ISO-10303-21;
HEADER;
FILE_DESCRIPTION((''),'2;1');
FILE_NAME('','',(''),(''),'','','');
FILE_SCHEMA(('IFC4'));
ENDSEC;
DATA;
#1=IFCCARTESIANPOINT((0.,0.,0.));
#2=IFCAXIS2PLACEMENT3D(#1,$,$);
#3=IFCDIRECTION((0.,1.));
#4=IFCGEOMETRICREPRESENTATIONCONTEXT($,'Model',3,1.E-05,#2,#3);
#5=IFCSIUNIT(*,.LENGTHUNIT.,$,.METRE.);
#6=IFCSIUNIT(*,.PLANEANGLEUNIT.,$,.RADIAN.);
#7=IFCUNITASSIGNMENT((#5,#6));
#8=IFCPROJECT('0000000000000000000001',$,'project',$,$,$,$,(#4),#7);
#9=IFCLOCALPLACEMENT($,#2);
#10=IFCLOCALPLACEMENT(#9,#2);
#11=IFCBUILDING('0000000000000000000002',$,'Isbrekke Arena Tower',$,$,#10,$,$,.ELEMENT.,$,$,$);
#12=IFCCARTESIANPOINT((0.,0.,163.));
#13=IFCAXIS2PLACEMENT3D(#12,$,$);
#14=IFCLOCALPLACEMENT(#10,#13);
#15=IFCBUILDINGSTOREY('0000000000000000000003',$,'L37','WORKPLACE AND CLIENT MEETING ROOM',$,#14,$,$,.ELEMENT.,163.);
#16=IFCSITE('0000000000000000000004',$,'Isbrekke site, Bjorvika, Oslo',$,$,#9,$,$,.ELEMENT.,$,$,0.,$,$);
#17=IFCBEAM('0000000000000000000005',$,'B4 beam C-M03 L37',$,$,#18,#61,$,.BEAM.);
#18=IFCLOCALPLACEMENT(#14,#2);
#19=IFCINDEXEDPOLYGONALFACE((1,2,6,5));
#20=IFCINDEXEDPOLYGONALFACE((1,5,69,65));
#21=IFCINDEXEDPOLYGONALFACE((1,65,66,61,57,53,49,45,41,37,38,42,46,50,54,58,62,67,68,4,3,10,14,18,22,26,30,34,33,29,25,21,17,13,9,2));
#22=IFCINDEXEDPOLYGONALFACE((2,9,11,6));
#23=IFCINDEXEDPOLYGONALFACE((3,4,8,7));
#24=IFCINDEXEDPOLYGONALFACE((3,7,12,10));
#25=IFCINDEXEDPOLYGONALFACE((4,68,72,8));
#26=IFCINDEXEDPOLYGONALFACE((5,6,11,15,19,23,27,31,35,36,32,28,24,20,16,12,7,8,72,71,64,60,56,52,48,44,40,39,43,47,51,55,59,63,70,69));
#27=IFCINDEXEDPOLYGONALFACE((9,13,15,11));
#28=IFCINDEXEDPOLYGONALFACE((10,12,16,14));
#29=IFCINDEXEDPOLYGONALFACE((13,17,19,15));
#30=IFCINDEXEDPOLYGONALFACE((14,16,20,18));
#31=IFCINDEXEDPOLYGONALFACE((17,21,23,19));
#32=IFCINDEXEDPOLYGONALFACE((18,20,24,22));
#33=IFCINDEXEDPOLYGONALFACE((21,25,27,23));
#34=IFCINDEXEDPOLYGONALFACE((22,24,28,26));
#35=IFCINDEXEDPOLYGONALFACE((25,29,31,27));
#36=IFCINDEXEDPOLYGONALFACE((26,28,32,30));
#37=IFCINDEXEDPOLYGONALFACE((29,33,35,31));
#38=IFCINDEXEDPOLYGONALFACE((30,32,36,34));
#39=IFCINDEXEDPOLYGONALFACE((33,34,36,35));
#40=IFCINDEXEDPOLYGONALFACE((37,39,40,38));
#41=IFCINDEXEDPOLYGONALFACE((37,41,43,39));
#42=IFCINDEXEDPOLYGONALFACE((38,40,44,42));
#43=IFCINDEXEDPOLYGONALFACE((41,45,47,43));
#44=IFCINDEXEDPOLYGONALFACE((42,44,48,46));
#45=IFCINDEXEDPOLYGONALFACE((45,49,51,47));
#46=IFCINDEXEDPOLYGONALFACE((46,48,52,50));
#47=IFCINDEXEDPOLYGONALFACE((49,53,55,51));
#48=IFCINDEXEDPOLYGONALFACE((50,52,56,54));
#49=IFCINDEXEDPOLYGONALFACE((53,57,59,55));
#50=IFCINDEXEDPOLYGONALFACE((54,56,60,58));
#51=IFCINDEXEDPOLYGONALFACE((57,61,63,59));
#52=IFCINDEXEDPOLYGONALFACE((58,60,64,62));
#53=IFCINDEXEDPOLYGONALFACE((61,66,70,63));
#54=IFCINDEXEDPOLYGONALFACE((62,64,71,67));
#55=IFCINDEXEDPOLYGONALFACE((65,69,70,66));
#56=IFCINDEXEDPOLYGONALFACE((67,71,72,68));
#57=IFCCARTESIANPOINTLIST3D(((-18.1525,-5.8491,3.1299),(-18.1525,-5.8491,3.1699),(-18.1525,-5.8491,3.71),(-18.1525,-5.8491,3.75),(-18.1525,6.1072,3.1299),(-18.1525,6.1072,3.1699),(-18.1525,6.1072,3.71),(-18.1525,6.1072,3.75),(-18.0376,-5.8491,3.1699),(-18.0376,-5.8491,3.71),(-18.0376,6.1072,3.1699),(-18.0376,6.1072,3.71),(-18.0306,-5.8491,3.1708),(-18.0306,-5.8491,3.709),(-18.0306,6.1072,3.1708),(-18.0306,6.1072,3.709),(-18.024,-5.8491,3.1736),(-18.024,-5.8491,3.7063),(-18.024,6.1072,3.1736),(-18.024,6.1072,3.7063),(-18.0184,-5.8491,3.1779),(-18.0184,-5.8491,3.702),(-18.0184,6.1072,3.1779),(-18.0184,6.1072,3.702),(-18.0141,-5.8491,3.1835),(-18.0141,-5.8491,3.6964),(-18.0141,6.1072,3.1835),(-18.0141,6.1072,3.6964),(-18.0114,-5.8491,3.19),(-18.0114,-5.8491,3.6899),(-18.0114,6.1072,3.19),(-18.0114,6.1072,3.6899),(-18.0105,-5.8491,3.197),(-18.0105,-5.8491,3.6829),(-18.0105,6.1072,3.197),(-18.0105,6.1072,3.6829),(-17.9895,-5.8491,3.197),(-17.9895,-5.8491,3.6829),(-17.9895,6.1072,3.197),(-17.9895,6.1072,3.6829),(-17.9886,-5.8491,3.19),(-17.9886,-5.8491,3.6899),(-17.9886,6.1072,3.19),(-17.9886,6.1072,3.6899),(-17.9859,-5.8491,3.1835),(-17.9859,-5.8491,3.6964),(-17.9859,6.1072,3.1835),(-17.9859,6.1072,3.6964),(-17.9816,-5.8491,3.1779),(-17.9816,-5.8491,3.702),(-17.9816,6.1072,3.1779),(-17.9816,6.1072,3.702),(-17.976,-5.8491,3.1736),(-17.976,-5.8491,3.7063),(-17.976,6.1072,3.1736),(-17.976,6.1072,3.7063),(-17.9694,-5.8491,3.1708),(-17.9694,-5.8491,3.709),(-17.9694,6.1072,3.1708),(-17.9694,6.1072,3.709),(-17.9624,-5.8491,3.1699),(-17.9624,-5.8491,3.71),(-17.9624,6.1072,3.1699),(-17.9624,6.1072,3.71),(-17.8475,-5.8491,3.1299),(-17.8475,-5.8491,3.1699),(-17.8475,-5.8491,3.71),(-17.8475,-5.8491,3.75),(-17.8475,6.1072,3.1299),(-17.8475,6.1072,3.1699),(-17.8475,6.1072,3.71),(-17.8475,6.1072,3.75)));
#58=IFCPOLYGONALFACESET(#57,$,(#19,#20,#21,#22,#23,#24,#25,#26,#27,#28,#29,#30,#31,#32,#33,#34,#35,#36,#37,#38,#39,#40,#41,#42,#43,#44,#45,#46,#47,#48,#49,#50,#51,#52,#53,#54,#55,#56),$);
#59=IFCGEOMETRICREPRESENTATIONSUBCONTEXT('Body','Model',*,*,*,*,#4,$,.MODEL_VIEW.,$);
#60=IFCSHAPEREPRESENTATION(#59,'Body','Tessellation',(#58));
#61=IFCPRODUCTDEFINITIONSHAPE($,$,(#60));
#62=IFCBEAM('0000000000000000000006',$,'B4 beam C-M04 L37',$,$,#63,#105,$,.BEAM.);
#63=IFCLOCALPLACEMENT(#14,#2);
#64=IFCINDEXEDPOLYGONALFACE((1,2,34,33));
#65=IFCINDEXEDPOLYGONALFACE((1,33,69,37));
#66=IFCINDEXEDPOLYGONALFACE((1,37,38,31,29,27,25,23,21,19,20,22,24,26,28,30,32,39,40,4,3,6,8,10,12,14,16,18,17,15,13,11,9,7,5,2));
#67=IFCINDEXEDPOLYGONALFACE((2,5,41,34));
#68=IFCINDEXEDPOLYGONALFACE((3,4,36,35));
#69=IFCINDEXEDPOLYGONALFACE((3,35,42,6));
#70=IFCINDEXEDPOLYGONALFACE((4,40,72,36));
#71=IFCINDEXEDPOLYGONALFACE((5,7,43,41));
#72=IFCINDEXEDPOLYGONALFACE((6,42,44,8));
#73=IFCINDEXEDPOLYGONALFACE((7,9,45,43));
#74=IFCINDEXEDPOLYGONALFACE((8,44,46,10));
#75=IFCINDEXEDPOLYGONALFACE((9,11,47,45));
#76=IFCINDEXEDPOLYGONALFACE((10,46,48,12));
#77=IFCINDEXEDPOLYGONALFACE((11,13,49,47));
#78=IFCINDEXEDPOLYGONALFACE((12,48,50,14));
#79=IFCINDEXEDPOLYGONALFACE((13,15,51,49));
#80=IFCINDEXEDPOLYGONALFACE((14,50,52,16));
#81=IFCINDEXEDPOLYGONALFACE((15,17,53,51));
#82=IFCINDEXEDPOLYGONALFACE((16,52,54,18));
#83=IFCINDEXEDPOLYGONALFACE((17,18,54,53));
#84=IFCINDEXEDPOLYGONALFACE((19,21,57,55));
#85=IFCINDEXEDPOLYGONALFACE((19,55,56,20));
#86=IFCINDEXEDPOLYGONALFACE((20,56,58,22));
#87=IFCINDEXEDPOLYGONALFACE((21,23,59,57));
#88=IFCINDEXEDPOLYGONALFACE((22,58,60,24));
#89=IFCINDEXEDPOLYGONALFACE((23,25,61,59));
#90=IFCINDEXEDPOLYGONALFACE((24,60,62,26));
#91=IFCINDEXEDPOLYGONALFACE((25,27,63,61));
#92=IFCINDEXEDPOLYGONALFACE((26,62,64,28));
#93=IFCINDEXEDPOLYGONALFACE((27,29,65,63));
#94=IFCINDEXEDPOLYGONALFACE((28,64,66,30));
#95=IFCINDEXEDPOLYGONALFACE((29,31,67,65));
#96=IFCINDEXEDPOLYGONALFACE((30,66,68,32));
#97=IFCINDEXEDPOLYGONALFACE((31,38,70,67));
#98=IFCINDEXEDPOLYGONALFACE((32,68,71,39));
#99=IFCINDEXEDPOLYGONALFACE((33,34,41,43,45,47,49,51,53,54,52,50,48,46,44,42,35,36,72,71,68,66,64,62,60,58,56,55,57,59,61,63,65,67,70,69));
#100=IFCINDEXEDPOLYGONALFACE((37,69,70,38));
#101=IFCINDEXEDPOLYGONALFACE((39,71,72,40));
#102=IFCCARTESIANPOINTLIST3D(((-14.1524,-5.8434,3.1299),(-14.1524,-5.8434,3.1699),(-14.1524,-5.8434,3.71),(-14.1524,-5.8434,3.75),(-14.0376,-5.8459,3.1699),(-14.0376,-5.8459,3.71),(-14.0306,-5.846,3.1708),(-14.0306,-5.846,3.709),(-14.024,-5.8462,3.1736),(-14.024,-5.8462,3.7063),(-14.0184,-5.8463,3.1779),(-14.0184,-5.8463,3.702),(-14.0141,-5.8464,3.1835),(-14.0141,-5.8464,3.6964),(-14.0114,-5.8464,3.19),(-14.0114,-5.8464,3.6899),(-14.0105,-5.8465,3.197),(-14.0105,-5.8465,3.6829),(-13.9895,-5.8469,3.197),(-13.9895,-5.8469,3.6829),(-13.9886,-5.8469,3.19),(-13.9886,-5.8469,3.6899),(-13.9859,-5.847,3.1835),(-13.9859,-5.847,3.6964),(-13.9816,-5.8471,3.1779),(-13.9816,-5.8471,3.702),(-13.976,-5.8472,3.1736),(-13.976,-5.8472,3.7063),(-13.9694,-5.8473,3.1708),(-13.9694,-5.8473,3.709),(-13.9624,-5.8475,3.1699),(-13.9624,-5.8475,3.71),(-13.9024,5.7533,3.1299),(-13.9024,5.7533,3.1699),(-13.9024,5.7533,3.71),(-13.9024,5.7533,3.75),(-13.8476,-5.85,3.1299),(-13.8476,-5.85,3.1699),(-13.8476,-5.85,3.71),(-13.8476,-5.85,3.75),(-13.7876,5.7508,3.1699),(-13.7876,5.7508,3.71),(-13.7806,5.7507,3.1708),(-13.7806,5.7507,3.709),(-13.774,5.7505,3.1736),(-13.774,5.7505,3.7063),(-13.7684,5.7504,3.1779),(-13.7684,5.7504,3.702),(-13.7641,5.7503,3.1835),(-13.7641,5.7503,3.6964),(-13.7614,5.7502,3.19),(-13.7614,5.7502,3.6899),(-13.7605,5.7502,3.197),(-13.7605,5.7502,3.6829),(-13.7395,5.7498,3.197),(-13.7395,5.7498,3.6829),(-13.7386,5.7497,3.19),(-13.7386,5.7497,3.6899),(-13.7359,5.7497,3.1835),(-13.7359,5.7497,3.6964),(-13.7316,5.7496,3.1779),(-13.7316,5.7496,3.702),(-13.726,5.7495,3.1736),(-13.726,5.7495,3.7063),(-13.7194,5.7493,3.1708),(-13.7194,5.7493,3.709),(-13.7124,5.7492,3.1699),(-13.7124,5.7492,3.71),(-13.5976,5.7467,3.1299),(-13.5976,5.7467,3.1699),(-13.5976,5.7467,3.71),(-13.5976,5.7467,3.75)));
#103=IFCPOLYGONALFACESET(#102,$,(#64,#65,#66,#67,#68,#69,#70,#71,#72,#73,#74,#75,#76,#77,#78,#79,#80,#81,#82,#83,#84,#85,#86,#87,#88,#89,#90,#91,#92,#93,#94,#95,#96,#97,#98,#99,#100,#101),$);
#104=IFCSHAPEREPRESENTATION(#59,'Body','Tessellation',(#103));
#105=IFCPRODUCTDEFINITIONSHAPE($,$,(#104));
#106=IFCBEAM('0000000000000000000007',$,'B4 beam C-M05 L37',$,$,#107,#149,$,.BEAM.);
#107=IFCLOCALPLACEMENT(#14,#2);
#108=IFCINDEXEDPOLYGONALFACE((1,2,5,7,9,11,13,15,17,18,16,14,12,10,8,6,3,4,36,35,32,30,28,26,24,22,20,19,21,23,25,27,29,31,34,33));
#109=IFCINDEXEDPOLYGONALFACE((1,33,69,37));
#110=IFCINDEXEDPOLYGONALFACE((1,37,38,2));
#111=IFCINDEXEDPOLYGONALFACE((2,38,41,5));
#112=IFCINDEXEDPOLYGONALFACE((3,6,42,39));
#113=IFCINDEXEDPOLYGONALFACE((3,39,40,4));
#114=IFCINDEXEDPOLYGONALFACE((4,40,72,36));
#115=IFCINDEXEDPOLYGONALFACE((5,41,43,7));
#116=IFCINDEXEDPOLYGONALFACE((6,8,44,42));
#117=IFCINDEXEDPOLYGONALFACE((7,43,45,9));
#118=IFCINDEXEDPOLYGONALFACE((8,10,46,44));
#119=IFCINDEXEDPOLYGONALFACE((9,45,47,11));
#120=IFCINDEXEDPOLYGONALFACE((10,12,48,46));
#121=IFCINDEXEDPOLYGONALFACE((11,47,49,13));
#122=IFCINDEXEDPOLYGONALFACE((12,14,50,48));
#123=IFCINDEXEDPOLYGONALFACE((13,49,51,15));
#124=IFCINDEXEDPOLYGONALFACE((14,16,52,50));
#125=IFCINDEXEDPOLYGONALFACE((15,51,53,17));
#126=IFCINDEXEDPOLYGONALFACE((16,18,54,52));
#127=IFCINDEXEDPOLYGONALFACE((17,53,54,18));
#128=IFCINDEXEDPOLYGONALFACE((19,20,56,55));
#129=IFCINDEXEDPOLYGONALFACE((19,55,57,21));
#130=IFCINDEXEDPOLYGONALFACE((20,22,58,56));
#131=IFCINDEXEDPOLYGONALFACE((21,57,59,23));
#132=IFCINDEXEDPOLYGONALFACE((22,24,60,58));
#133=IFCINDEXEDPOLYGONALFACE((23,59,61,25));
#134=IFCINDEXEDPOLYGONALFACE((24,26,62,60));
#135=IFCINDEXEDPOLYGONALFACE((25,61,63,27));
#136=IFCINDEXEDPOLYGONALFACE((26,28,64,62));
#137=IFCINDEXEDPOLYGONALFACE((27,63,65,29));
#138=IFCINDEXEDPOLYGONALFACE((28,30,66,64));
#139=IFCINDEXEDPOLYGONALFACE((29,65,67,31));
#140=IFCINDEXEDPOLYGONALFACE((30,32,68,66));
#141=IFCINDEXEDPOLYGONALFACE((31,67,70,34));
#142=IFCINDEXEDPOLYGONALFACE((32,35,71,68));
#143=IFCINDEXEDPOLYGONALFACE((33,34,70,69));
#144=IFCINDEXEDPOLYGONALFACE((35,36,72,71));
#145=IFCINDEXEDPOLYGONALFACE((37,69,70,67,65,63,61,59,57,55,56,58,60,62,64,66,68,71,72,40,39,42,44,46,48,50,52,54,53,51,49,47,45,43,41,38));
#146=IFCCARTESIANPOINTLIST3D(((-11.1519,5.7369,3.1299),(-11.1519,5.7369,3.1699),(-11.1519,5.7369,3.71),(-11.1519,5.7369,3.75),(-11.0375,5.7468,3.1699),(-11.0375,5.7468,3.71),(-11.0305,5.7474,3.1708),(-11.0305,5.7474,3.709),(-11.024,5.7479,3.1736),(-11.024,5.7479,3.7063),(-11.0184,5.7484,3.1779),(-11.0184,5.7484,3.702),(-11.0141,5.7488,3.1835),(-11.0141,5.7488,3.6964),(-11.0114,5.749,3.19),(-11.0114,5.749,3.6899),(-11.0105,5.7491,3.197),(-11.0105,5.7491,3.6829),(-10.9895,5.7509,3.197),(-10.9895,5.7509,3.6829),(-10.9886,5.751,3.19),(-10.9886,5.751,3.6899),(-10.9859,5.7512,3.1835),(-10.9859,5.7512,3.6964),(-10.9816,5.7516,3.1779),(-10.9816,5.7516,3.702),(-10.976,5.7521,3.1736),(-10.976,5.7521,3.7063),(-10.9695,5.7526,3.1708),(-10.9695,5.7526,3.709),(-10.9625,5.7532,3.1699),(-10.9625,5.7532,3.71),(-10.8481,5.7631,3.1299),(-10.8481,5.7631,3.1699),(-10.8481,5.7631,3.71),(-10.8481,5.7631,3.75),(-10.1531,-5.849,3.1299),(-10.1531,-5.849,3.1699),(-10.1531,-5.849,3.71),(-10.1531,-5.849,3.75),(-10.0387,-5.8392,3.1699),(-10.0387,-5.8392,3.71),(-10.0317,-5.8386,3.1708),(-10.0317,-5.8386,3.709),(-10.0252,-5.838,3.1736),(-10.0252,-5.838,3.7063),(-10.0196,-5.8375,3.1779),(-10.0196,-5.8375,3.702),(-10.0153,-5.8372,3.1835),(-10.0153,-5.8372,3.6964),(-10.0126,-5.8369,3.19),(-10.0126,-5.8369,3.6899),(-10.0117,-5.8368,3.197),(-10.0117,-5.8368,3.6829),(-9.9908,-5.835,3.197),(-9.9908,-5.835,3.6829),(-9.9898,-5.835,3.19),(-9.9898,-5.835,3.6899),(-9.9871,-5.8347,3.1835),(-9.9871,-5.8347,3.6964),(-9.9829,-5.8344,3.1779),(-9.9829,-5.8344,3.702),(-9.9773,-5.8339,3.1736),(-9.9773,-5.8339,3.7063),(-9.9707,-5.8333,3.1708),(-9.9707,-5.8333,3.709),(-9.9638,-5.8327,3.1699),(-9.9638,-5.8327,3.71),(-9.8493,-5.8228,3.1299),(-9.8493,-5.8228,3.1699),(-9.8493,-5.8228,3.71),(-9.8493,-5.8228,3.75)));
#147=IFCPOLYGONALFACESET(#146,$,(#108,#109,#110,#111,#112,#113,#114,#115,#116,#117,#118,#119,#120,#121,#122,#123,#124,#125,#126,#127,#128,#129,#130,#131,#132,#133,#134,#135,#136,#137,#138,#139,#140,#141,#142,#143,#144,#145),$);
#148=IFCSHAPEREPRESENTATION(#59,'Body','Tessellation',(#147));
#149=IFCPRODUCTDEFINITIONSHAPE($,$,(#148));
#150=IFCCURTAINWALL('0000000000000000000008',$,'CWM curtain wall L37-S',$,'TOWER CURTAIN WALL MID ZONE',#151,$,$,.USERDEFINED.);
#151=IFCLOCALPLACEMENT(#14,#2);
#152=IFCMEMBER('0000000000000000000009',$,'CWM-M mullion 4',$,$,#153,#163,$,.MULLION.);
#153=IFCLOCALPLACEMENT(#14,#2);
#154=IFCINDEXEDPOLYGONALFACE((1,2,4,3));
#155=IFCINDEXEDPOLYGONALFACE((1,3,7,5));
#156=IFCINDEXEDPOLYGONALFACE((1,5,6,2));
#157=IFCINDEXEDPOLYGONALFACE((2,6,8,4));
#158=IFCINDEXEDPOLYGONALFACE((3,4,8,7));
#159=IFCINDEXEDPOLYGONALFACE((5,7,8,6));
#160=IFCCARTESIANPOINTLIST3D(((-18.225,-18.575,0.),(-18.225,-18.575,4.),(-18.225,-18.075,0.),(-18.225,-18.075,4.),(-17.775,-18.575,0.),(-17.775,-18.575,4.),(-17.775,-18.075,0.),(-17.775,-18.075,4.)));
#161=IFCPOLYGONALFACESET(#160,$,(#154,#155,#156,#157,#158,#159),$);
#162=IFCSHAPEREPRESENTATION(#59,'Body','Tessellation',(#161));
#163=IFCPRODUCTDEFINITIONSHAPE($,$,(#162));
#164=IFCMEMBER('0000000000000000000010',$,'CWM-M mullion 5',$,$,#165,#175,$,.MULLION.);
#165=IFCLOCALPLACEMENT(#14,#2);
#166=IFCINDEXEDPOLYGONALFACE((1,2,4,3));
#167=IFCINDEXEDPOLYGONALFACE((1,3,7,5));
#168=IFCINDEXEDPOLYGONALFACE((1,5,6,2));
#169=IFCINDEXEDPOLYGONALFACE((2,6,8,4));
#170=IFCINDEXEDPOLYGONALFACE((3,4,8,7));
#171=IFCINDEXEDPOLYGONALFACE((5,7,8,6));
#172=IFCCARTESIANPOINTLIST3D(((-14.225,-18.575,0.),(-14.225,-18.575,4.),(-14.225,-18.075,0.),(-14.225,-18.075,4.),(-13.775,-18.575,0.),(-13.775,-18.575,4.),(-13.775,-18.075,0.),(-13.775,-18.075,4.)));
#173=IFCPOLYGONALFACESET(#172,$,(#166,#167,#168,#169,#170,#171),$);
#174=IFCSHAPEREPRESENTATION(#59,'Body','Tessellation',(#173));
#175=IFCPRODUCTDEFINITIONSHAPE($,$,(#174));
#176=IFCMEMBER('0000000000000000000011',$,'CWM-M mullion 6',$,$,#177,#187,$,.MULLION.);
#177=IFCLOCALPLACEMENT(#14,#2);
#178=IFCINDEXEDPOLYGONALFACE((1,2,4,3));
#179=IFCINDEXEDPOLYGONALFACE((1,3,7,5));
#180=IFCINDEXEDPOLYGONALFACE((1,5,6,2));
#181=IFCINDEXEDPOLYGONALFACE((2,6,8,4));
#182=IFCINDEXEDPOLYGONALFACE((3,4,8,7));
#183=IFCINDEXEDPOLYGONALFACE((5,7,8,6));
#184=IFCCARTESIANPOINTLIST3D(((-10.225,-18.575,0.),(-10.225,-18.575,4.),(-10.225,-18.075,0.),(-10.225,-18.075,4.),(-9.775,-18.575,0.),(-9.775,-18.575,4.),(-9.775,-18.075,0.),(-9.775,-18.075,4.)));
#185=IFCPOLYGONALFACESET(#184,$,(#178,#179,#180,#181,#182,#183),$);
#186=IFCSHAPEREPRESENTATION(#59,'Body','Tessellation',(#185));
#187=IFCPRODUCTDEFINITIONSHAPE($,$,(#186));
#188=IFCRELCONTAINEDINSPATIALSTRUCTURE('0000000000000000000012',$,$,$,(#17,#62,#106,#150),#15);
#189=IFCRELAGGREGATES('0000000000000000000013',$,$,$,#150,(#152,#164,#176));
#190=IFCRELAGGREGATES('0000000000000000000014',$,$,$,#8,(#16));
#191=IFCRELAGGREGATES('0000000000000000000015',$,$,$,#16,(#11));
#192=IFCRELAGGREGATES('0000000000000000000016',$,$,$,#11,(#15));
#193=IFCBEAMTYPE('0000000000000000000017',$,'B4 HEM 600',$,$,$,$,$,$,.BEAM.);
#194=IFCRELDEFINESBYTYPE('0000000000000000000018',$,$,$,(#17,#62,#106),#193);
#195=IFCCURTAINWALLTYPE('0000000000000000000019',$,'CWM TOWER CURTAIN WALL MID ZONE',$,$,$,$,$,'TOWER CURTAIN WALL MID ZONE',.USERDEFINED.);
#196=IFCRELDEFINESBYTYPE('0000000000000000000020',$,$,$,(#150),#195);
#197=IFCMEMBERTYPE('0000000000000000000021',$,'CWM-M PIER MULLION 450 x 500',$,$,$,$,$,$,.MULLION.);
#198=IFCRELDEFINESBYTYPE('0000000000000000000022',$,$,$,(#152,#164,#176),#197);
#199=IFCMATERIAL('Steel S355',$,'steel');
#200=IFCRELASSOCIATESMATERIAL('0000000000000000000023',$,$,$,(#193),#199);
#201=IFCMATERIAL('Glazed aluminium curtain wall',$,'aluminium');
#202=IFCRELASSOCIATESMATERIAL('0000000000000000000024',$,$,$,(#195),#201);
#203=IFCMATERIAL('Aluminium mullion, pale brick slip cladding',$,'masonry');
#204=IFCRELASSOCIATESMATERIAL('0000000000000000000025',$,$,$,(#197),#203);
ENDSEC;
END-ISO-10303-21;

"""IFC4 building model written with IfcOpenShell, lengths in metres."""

from ifc_helpers import new_model, si_unit, direction, frame, origin, origin_2d, place, context, subcontext, project, spatial, rectangle, i_section, extrude, material, material_profile, profile_set, type_object, element, aggregate, save


model = new_model("IFC4")

# Units and contexts
model_context = context("Model", 3, precision=1e-05, world=origin(), true_north=direction((0.0, 1.0)))
body_context = subcontext(model_context, "Body", "Model", "MODEL_VIEW")
ifc_project = project(units=[si_unit("LENGTHUNIT", "METRE"), si_unit("PLANEANGLEUNIT", "RADIAN")], contexts=[model_context])

# Site, building, storey
site_placement = place(None, origin())
site = spatial("IfcSite", under=ifc_project, at=site_placement, Name="Isbrekke site, Bjorvika, Oslo", CompositionType="ELEMENT", RefElevation=0.0)
building_placement = place(site_placement, origin())
building = spatial("IfcBuilding", under=site, at=building_placement, Name="Isbrekke Arena Tower", CompositionType="ELEMENT")
storey_placement = place(building_placement, frame((0.0, 0.0, 163.0)))
storey = spatial("IfcBuildingStorey", under=building, at=storey_placement, Name="L37", Description="WORKPLACE AND CLIENT MEETING ROOM", CompositionType="ELEMENT", Elevation=163.0)

# Beams
ifc_material_1 = material(Name="Steel S355", Category="steel")
ifc_material_profile_1 = material_profile(ifc_material_1, i_section(OverallWidth=0.3049, OverallDepth=0.6201, WebThickness=0.021, FlangeThickness=0.04, FilletRadius=0.0271, at=origin_2d()), Name="HEM 600")
ifc_profile_set_1 = profile_set([ifc_material_profile_1], Name="Steel S355")
beam_type_1 = type_object("IfcBeamType", Name="B4 HEM 600", PredefinedType="BEAM", material=ifc_profile_set_1)
beam_1_placement = place(storey_placement, frame((-18.0, -5.8491, 3.4399), z_axis=(0.0, 1.0, 0.0), x_axis=(-1.0, 0.0, 0.0)))
element("IfcBeam", 1, at=beam_1_placement, inside=storey, type_object=beam_type_1, Name="B4 beam C-M03 L37", PredefinedType="BEAM", context=body_context, shape_type="SweptSolid", body=[
    extrude(i_section(OverallWidth=0.3049, OverallDepth=0.6201, WebThickness=0.021, FlangeThickness=0.04, FilletRadius=0.0271, at=origin_2d()), origin(), (0.0, 0.0, 1.0), 11.9563),
])
beam_2_placement = place(storey_placement, frame((-14.0, -5.8467, 3.4399), z_axis=(0.021553, 0.999768, 0.0), x_axis=(-0.999768, 0.021553, 0.0)))
element("IfcBeam", 2, at=beam_2_placement, inside=storey, type_object=beam_type_1, Name="B4 beam C-M04 L37", PredefinedType="BEAM", context=body_context, shape_type="SweptSolid", body=[
    extrude(i_section(OverallWidth=0.3049, OverallDepth=0.6201, WebThickness=0.021, FlangeThickness=0.04, FilletRadius=0.0271, at=origin_2d()), origin(), (0.0, 0.0, 1.0), 11.5994),
])
beam_3_placement = place(storey_placement, frame((-10.0012, -5.8359, 3.4399), z_axis=(-0.085888, 0.996305, 0.0), x_axis=(-0.996305, -0.085888, 0.0)))
element("IfcBeam", 3, at=beam_3_placement, inside=storey, type_object=beam_type_1, Name="B4 beam C-M05 L37", PredefinedType="BEAM", context=body_context, shape_type="SweptSolid", body=[
    extrude(i_section(OverallWidth=0.3049, OverallDepth=0.6201, WebThickness=0.021, FlangeThickness=0.04, FilletRadius=0.0271, at=origin_2d()), origin(), (0.0, 0.0, 1.0), 11.6289),
])

# Curtain wall, members
ifc_material_2 = material(Name="Glazed aluminium curtain wall", Category="aluminium")
curtain_wall_type = type_object("IfcCurtainWallType", Name="CWM TOWER CURTAIN WALL MID ZONE", ElementType="TOWER CURTAIN WALL MID ZONE", PredefinedType="USERDEFINED", material=ifc_material_2)
curtain_wall_placement = place(storey_placement, origin())
curtain_wall = element("IfcCurtainWall", 4, at=curtain_wall_placement, inside=storey, type_object=curtain_wall_type, Name="CWM curtain wall L37-S", ObjectType="TOWER CURTAIN WALL MID ZONE", PredefinedType="USERDEFINED")
ifc_material_3 = material(Name="Aluminium mullion, pale brick slip cladding", Category="masonry")
ifc_material_profile_2 = material_profile(ifc_material_3, rectangle(XDim=0.45, YDim=0.5, at=origin_2d()), Name="PIER 450X500")
ifc_profile_set_2 = profile_set([ifc_material_profile_2], Name="Aluminium mullion, pale brick slip cladding")
member_type_1 = type_object("IfcMemberType", Name="CWM-M PIER MULLION 450 x 500", PredefinedType="MULLION", material=ifc_profile_set_2)
member_1_placement = place(storey_placement, frame((-18.0, -18.325, 0.0), z_axis=(0.0, 0.0, 1.0), x_axis=(1.0, 0.0, 0.0)))
member_1 = element("IfcMember", 5, at=member_1_placement, type_object=member_type_1, Name="CWM-M mullion 4", PredefinedType="MULLION", context=body_context, shape_type="SweptSolid", body=[
    extrude(rectangle(XDim=0.45, YDim=0.5, at=origin_2d()), origin(), (0.0, 0.0, 1.0), 4.0),
])
member_2_placement = place(storey_placement, frame((-14.0, -18.325, 0.0), z_axis=(0.0, 0.0, 1.0), x_axis=(1.0, 0.0, 0.0)))
member_2 = element("IfcMember", 6, at=member_2_placement, type_object=member_type_1, Name="CWM-M mullion 5", PredefinedType="MULLION", context=body_context, shape_type="SweptSolid", body=[
    extrude(rectangle(XDim=0.45, YDim=0.5, at=origin_2d()), origin(), (0.0, 0.0, 1.0), 4.0),
])
member_3_placement = place(storey_placement, frame((-10.0, -18.325, 0.0), z_axis=(0.0, 0.0, 1.0), x_axis=(1.0, 0.0, 0.0)))
member_3 = element("IfcMember", 7, at=member_3_placement, type_object=member_type_1, Name="CWM-M mullion 6", PredefinedType="MULLION", context=body_context, shape_type="SweptSolid", body=[
    extrude(rectangle(XDim=0.45, YDim=0.5, at=origin_2d()), origin(), (0.0, 0.0, 1.0), 4.0),
])

aggregate(curtain_wall, [member_1, member_2, member_3])

save(model, "model.ifc")
